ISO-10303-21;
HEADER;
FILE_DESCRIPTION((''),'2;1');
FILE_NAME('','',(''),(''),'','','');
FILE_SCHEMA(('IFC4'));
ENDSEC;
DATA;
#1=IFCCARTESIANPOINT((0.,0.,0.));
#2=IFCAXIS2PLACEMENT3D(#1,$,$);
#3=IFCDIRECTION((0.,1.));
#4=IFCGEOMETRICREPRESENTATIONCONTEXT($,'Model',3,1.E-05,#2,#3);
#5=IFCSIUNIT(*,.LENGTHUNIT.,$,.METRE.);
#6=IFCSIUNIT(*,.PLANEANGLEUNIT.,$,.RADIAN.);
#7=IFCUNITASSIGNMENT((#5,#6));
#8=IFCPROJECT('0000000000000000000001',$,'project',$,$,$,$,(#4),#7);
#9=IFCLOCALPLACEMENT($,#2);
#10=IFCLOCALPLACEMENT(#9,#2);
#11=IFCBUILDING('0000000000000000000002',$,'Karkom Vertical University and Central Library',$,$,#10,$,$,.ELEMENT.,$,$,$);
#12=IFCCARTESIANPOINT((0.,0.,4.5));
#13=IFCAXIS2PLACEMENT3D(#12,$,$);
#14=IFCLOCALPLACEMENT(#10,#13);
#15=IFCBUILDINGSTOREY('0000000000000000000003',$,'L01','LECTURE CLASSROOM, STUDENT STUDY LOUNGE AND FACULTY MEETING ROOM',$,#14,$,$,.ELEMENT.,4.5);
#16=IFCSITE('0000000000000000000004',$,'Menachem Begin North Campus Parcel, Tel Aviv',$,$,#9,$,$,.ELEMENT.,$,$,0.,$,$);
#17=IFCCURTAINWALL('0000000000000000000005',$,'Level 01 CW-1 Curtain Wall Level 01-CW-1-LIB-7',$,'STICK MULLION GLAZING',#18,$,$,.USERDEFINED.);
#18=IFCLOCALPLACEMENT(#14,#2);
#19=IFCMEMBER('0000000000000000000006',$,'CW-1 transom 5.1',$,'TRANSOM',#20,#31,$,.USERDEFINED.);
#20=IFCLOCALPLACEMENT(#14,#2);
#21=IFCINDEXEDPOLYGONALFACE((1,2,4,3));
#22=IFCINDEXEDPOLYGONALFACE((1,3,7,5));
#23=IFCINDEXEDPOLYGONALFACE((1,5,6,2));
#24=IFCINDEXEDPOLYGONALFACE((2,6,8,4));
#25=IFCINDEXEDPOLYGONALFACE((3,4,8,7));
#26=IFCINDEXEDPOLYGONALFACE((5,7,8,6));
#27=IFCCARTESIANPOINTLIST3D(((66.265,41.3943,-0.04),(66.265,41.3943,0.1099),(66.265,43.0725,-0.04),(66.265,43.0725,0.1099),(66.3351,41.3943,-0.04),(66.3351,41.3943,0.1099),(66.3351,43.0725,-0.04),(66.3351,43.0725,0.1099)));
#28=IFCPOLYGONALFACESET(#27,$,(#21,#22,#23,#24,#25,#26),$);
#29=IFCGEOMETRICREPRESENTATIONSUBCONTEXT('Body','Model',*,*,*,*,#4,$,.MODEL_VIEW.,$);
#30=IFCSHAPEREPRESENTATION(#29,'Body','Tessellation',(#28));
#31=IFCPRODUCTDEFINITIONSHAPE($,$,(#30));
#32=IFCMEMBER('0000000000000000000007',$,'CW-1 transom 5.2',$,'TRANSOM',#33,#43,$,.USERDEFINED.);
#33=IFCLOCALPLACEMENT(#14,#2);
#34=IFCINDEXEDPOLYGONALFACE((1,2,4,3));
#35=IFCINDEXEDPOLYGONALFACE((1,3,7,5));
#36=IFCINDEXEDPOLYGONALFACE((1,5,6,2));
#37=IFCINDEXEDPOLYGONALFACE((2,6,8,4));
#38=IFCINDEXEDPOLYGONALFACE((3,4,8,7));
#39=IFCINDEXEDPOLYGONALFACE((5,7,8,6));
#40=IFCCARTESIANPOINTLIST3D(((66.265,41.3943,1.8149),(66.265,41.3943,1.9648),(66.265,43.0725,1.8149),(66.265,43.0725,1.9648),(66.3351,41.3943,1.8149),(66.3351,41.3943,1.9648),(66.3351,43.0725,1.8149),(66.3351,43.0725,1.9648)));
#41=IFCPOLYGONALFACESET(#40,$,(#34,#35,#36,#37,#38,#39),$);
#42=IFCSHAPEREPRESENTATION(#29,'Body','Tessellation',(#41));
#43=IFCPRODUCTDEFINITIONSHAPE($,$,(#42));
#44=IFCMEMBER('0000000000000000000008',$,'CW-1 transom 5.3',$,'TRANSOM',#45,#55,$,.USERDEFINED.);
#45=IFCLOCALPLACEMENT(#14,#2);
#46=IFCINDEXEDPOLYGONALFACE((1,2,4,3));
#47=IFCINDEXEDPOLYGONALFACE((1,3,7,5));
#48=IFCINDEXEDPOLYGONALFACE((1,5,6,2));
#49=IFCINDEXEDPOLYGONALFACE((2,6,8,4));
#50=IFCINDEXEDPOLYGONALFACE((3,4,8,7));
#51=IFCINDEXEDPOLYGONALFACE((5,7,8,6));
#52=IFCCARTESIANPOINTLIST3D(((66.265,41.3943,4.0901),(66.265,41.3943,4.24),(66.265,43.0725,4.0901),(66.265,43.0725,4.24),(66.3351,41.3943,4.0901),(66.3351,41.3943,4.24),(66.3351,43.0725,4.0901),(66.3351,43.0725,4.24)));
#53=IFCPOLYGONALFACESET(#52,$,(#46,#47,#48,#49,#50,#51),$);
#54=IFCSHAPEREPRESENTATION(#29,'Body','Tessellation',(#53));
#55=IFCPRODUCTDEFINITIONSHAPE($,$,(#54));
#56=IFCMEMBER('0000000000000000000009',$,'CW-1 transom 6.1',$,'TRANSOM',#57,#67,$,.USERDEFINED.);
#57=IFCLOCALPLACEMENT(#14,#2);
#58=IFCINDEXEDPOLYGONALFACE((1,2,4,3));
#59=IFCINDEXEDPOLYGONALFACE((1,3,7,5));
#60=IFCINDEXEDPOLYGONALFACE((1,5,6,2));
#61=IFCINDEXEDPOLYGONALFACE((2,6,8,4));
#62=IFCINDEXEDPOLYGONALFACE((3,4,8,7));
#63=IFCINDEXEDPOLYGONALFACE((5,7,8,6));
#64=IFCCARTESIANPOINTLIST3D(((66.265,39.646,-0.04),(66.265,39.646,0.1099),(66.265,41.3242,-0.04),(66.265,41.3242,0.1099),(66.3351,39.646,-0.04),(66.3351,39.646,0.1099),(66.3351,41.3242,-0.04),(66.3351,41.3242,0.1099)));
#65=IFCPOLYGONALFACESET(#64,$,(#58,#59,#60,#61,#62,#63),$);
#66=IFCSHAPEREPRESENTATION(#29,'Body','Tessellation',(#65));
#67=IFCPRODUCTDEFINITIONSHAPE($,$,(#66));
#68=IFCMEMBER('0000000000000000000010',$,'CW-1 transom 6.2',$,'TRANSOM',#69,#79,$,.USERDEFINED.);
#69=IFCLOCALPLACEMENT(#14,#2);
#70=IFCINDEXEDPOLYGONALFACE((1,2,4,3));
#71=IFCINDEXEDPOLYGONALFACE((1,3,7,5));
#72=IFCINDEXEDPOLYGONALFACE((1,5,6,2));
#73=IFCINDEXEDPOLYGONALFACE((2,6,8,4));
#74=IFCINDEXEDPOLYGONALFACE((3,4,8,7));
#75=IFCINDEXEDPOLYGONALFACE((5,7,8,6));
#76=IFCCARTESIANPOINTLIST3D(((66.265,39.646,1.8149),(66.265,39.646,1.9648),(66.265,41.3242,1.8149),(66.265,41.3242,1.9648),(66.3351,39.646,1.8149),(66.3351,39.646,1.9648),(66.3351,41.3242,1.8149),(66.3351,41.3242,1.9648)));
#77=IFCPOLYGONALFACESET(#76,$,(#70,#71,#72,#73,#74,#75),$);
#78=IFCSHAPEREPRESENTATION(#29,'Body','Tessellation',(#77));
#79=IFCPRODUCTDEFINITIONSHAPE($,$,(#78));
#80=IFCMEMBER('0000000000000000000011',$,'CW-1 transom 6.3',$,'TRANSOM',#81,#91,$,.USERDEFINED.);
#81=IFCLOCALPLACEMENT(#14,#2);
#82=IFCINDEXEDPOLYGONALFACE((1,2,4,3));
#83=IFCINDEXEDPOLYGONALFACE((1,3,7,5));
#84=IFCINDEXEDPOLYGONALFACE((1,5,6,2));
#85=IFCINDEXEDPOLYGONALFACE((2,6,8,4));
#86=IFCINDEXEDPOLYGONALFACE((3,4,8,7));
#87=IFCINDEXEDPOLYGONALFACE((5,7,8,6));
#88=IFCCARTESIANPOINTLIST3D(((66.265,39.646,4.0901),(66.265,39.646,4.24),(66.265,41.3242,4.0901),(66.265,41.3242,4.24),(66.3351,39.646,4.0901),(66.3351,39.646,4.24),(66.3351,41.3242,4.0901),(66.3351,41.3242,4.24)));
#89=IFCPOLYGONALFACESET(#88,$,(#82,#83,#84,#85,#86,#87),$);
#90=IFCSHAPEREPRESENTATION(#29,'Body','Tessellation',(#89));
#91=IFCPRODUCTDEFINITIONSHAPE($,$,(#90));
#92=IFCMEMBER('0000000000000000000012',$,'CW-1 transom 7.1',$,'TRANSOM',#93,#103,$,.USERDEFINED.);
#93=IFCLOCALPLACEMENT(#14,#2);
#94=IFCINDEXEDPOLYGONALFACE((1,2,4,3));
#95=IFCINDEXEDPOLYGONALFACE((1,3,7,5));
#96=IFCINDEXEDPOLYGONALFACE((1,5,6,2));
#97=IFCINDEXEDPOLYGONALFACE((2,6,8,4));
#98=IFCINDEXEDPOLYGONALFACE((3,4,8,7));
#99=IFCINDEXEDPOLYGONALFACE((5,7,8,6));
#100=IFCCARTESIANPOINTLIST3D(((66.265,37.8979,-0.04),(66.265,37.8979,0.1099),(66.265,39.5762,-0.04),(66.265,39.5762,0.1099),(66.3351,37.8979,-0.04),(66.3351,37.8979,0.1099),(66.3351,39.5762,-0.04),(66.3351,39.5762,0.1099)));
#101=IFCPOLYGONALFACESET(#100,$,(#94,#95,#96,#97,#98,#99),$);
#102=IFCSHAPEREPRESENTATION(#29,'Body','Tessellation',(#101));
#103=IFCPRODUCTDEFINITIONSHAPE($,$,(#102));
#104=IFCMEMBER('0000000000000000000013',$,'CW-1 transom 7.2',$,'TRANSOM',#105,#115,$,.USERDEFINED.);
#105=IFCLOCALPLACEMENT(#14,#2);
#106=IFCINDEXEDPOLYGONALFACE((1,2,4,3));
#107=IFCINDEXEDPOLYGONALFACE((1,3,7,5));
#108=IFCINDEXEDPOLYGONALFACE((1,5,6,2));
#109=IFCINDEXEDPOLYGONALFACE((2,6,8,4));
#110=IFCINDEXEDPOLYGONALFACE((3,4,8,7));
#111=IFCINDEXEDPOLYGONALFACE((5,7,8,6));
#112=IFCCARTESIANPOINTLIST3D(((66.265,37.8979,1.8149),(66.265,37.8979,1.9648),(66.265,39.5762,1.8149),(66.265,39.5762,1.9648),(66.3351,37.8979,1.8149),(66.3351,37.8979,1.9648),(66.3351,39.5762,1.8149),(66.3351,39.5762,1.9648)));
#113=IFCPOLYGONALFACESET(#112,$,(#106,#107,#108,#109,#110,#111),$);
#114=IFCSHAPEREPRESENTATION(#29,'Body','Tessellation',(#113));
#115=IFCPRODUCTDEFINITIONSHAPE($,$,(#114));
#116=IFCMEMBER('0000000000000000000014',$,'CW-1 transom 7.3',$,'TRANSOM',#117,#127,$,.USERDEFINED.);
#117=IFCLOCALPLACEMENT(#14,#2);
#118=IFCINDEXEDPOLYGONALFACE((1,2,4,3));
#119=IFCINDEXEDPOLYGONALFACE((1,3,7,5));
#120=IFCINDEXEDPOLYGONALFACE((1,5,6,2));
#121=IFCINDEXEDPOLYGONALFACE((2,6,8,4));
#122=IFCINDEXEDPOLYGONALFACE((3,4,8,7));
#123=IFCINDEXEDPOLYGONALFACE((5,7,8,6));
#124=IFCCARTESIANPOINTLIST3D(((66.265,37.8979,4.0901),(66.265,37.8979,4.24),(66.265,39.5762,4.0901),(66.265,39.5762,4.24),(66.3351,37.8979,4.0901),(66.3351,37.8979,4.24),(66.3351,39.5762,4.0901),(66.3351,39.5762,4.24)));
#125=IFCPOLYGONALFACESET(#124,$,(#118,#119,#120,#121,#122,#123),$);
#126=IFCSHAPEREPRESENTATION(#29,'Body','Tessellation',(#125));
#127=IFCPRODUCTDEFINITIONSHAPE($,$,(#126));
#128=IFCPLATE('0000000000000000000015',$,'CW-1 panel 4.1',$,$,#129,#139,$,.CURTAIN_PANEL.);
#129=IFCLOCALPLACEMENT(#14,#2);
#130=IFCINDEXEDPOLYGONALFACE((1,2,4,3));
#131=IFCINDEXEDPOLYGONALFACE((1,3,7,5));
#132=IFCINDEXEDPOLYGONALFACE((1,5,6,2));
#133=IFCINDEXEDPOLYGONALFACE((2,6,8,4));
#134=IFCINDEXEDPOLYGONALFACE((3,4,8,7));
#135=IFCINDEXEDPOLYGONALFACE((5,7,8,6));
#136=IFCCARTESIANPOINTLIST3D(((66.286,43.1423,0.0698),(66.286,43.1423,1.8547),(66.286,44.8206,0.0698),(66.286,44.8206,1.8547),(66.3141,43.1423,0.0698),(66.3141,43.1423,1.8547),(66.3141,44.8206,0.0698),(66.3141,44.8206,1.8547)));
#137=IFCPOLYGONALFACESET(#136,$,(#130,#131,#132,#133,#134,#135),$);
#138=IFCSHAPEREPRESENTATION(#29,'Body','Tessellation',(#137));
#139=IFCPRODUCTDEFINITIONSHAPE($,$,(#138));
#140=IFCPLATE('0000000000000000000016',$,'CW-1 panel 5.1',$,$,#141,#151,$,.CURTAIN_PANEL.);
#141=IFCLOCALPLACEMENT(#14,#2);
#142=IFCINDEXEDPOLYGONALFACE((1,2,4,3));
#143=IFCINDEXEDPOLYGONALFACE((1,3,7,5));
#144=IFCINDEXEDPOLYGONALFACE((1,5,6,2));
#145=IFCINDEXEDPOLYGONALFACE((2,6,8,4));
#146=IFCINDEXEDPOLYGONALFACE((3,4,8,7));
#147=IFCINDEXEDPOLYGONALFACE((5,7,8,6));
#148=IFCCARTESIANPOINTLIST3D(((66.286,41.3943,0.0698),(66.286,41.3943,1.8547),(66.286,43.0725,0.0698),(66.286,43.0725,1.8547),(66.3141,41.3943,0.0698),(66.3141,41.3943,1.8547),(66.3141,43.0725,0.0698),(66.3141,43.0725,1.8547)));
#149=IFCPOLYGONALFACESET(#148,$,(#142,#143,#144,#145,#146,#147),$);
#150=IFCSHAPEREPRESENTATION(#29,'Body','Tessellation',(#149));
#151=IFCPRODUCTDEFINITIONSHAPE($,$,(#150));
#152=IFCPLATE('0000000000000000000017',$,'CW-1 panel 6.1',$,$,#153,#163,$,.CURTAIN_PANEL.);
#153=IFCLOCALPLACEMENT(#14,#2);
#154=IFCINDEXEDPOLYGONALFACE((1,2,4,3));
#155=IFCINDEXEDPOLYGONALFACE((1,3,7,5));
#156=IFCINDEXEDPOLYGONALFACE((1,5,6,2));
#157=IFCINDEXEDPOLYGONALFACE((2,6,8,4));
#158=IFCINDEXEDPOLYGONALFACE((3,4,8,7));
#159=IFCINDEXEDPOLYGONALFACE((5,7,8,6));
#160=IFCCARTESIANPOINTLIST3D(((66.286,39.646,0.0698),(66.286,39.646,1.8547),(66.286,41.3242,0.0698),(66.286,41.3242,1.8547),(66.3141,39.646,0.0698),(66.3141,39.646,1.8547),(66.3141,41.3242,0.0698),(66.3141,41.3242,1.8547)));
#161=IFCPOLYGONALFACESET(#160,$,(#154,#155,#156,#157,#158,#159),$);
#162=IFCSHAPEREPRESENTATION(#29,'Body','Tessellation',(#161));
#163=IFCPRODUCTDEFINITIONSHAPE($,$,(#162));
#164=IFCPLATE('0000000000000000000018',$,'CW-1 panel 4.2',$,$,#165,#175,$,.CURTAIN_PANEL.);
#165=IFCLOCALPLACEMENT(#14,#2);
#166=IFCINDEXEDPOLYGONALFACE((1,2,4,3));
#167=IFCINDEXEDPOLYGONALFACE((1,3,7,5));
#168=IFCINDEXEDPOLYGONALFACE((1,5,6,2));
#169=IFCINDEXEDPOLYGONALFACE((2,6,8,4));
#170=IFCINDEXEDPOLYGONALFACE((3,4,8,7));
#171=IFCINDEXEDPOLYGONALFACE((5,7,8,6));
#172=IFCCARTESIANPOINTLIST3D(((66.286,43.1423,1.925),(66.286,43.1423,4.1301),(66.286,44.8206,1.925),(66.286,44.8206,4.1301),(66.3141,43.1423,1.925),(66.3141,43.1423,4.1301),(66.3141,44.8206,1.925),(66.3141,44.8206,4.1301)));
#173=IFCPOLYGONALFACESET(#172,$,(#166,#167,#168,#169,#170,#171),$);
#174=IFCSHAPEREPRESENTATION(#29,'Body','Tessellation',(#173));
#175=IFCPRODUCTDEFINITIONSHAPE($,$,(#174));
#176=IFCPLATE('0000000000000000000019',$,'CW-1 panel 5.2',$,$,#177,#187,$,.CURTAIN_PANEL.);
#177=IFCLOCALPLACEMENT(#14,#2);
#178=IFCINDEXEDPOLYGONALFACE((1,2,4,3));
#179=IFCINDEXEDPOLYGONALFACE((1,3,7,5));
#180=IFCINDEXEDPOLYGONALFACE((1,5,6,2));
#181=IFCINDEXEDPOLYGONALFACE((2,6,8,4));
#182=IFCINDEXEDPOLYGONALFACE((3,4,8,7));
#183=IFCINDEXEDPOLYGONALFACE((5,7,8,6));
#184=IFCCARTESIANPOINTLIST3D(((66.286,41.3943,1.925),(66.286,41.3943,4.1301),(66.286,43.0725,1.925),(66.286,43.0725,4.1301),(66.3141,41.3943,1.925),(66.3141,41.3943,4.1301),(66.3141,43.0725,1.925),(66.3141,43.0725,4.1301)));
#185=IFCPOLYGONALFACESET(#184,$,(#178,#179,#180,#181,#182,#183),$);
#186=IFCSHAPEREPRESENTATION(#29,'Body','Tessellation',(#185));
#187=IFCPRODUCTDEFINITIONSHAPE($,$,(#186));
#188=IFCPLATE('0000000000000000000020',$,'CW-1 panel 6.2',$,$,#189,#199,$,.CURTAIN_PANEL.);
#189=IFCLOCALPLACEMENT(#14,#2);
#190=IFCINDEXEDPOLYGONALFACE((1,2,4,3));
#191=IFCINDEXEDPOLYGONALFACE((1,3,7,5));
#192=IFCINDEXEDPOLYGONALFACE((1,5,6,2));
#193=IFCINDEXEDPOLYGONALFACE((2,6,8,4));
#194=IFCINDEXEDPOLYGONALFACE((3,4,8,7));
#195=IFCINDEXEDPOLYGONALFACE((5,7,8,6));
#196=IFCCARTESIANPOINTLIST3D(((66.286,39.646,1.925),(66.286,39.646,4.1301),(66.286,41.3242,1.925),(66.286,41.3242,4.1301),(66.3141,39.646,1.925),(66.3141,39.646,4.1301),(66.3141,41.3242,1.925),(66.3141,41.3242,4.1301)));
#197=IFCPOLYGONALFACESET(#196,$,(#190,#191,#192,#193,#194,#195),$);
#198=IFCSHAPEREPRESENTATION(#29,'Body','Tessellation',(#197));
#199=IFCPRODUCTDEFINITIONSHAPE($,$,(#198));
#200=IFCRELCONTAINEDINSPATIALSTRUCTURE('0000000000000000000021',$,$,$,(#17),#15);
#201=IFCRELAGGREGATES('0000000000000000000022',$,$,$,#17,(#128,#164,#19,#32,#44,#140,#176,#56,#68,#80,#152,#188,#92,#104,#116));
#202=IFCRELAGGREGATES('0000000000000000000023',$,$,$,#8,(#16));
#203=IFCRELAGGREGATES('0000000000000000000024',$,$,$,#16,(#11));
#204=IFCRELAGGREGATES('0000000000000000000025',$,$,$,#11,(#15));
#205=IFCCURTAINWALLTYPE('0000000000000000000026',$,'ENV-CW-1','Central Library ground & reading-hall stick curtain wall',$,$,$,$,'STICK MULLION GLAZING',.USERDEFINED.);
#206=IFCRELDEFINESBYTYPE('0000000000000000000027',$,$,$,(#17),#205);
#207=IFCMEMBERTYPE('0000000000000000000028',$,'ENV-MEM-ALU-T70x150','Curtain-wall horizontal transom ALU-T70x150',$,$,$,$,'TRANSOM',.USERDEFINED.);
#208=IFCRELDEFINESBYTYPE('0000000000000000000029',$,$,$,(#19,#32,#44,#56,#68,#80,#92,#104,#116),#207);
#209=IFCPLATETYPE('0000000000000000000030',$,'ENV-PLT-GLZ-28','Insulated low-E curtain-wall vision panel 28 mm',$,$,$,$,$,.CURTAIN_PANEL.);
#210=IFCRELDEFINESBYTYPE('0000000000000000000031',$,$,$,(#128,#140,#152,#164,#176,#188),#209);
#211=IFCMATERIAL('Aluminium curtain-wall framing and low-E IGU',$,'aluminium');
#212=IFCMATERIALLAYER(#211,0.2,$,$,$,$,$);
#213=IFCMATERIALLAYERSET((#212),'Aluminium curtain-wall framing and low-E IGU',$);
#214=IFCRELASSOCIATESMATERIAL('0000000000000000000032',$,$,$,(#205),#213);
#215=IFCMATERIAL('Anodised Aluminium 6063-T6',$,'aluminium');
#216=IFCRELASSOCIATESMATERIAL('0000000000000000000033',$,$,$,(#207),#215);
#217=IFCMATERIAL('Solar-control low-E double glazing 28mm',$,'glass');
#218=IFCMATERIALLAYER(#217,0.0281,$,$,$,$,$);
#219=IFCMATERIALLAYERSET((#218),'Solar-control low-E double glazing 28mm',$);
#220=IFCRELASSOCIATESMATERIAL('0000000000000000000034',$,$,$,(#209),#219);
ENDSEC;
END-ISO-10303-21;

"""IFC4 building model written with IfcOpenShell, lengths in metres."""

from ifc_helpers import new_model, si_unit, direction, frame, origin, origin_with_axes, origin_2d, place, context, subcontext, project, spatial, rectangle, extrude, source, transform, mapped, material, layer, layer_set, material_profile, profile_set, type_object, element, aggregate, save


model = new_model("IFC4")

# Units and contexts
model_context = context("Model", 3, precision=1e-05, world=origin(), true_north=direction((0.0, 1.0)))
body_context = subcontext(model_context, "Body", "Model", "MODEL_VIEW")
ifc_project = project(units=[si_unit("LENGTHUNIT", "METRE"), si_unit("PLANEANGLEUNIT", "RADIAN")], contexts=[model_context])

# Site, building, storey
site_placement = place(None, origin())
site = spatial("IfcSite", under=ifc_project, at=site_placement, Name="Menachem Begin North Campus Parcel, Tel Aviv", CompositionType="ELEMENT", RefElevation=0.0)
building_placement = place(site_placement, origin())
building = spatial("IfcBuilding", under=site, at=building_placement, Name="Karkom Vertical University and Central Library", CompositionType="ELEMENT")
storey_placement = place(building_placement, frame((0.0, 0.0, 4.5)))
storey = spatial("IfcBuildingStorey", under=building, at=storey_placement, Name="L01", Description="LECTURE CLASSROOM, STUDENT STUDY LOUNGE AND FACULTY MEETING ROOM", CompositionType="ELEMENT", Elevation=4.5)

# Curtain wall, members, plates
ifc_material_1 = material(Name="Aluminium curtain-wall framing and low-E IGU", Category="aluminium")
ifc_layer_1 = layer(ifc_material_1, 0.2)
ifc_layer_set_1 = layer_set([ifc_layer_1], Name="Aluminium curtain-wall framing and low-E IGU")
curtain_wall_type = type_object("IfcCurtainWallType", Name="ENV-CW-1", Description="Central Library ground & reading-hall stick curtain wall", ElementType="STICK MULLION GLAZING", PredefinedType="USERDEFINED", material=ifc_layer_set_1)
curtain_wall_placement = place(storey_placement, origin())
curtain_wall = element("IfcCurtainWall", 1, at=curtain_wall_placement, inside=storey, type_object=curtain_wall_type, Name="Level 01 CW-1 Curtain Wall Level 01-CW-1-LIB-7", ObjectType="STICK MULLION GLAZING", PredefinedType="USERDEFINED")
ifc_material_2 = material(Name="Anodised Aluminium 6063-T6", Category="aluminium")
ifc_material_profile_1 = material_profile(ifc_material_2, rectangle(XDim=0.0701, YDim=0.1499, at=origin_2d()), Name="ALU-T70x150")
ifc_profile_set_1 = profile_set([ifc_material_profile_1], Name="Anodised Aluminium 6063-T6")
member_type = type_object("IfcMemberType", Name="ENV-MEM-ALU-T70x150", Description="Curtain-wall horizontal transom ALU-T70x150", ElementType="TRANSOM", PredefinedType="USERDEFINED", material=ifc_profile_set_1)
shared_shape_1 = source(origin_with_axes(), body_context, "Body", "SweptSolid", [
    extrude(rectangle(XDim=0.0701, YDim=0.1499, at=origin_2d()), origin(), (0.0, 0.0, 1.0), 1.6782),
])
member_1_placement = place(storey_placement, frame((66.3, 43.0725, 0.0349), z_axis=(0.0, -1.0, 0.0), x_axis=(1.0, 0.0, 0.0)))
member_1 = element("IfcMember", 2, at=member_1_placement, type_object=member_type, Name="CW-1 transom 5.1", ObjectType="TRANSOM", PredefinedType="USERDEFINED", context=body_context, shape_type="MappedRepresentation", body=[
    mapped(shared_shape_1, transform((0.0, 0.0, 0.0), scale=1.0)),
])
member_2_placement = place(storey_placement, frame((66.3, 43.0725, 1.8899), z_axis=(0.0, -1.0, 0.0), x_axis=(1.0, 0.0, 0.0)))
member_2 = element("IfcMember", 3, at=member_2_placement, type_object=member_type, Name="CW-1 transom 5.2", ObjectType="TRANSOM", PredefinedType="USERDEFINED", context=body_context, shape_type="MappedRepresentation", body=[
    mapped(shared_shape_1, transform((0.0, 0.0, 0.0), scale=1.0)),
])
member_3_placement = place(storey_placement, frame((66.3, 43.0725, 4.165), z_axis=(0.0, -1.0, 0.0), x_axis=(1.0, 0.0, 0.0)))
member_3 = element("IfcMember", 4, at=member_3_placement, type_object=member_type, Name="CW-1 transom 5.3", ObjectType="TRANSOM", PredefinedType="USERDEFINED", context=body_context, shape_type="MappedRepresentation", body=[
    mapped(shared_shape_1, transform((0.0, 0.0, 0.0), scale=1.0)),
])
member_4_placement = place(storey_placement, frame((66.3, 41.3242, 0.0349), z_axis=(0.0, -1.0, 0.0), x_axis=(1.0, 0.0, 0.0)))
member_4 = element("IfcMember", 5, at=member_4_placement, type_object=member_type, Name="CW-1 transom 6.1", ObjectType="TRANSOM", PredefinedType="USERDEFINED", context=body_context, shape_type="MappedRepresentation", body=[
    mapped(shared_shape_1, transform((0.0, 0.0, 0.0), scale=1.0)),
])
member_5_placement = place(storey_placement, frame((66.3, 41.3242, 1.8899), z_axis=(0.0, -1.0, 0.0), x_axis=(1.0, 0.0, 0.0)))
member_5 = element("IfcMember", 6, at=member_5_placement, type_object=member_type, Name="CW-1 transom 6.2", ObjectType="TRANSOM", PredefinedType="USERDEFINED", context=body_context, shape_type="MappedRepresentation", body=[
    mapped(shared_shape_1, transform((0.0, 0.0, 0.0), scale=1.0)),
])
member_6_placement = place(storey_placement, frame((66.3, 41.3242, 4.165), z_axis=(0.0, -1.0, 0.0), x_axis=(1.0, 0.0, 0.0)))
member_6 = element("IfcMember", 7, at=member_6_placement, type_object=member_type, Name="CW-1 transom 6.3", ObjectType="TRANSOM", PredefinedType="USERDEFINED", context=body_context, shape_type="MappedRepresentation", body=[
    mapped(shared_shape_1, transform((0.0, 0.0, 0.0), scale=1.0)),
])
member_7_placement = place(storey_placement, frame((66.3, 39.5762, 0.0349), z_axis=(0.0, -1.0, 0.0), x_axis=(1.0, 0.0, 0.0)))
member_7 = element("IfcMember", 8, at=member_7_placement, type_object=member_type, Name="CW-1 transom 7.1", ObjectType="TRANSOM", PredefinedType="USERDEFINED", context=body_context, shape_type="MappedRepresentation", body=[
    mapped(shared_shape_1, transform((0.0, 0.0, 0.0), scale=1.0)),
])
member_8_placement = place(storey_placement, frame((66.3, 39.5762, 1.8899), z_axis=(0.0, -1.0, 0.0), x_axis=(1.0, 0.0, 0.0)))
member_8 = element("IfcMember", 9, at=member_8_placement, type_object=member_type, Name="CW-1 transom 7.2", ObjectType="TRANSOM", PredefinedType="USERDEFINED", context=body_context, shape_type="MappedRepresentation", body=[
    mapped(shared_shape_1, transform((0.0, 0.0, 0.0), scale=1.0)),
])
member_9_placement = place(storey_placement, frame((66.3, 39.5762, 4.165), z_axis=(0.0, -1.0, 0.0), x_axis=(1.0, 0.0, 0.0)))
member_9 = element("IfcMember", 10, at=member_9_placement, type_object=member_type, Name="CW-1 transom 7.3", ObjectType="TRANSOM", PredefinedType="USERDEFINED", context=body_context, shape_type="MappedRepresentation", body=[
    mapped(shared_shape_1, transform((0.0, 0.0, 0.0), scale=1.0)),
])
ifc_material_3 = material(Name="Solar-control low-E double glazing 28mm", Category="glass")
ifc_layer_2 = layer(ifc_material_3, 0.0281)
ifc_layer_set_2 = layer_set([ifc_layer_2], Name="Solar-control low-E double glazing 28mm")
plate_type = type_object("IfcPlateType", Name="ENV-PLT-GLZ-28", Description="Insulated low-E curtain-wall vision panel 28 mm", PredefinedType="CURTAIN_PANEL", material=ifc_layer_set_2)
shared_shape_2 = source(origin_with_axes(), body_context, "Body", "SweptSolid", [
    extrude(rectangle(XDim=1.6782, YDim=0.0281, at=origin_2d()), origin(), (0.0, 0.0, 1.0), 1.7849),
])
plate_1_placement = place(storey_placement, frame((66.3, 43.9814, 0.0698), z_axis=(0.0, 0.0, 1.0), x_axis=(0.0, -1.0, 0.0)))
plate_1 = element("IfcPlate", 11, at=plate_1_placement, type_object=plate_type, Name="CW-1 panel 4.1", PredefinedType="CURTAIN_PANEL", context=body_context, shape_type="MappedRepresentation", body=[
    mapped(shared_shape_2, transform((0.0, 0.0, 0.0), scale=1.0)),
])
plate_2_placement = place(storey_placement, frame((66.3, 42.2334, 0.0698), z_axis=(0.0, 0.0, 1.0), x_axis=(0.0, -1.0, 0.0)))
plate_2 = element("IfcPlate", 12, at=plate_2_placement, type_object=plate_type, Name="CW-1 panel 5.1", PredefinedType="CURTAIN_PANEL", context=body_context, shape_type="MappedRepresentation", body=[
    mapped(shared_shape_2, transform((0.0, 0.0, 0.0), scale=1.0)),
])
plate_3_placement = place(storey_placement, frame((66.3, 40.4851, 0.0698), z_axis=(0.0, 0.0, 1.0), x_axis=(0.0, -1.0, 0.0)))
plate_3 = element("IfcPlate", 13, at=plate_3_placement, type_object=plate_type, Name="CW-1 panel 6.1", PredefinedType="CURTAIN_PANEL", context=body_context, shape_type="MappedRepresentation", body=[
    mapped(shared_shape_2, transform((0.0, 0.0, 0.0), scale=1.0)),
])
shared_shape_3 = source(origin_with_axes(), body_context, "Body", "SweptSolid", [
    extrude(rectangle(XDim=1.6782, YDim=0.0281, at=origin_2d()), origin(), (0.0, 0.0, 1.0), 2.2051),
])
plate_4_placement = place(storey_placement, frame((66.3, 43.9814, 1.925), z_axis=(0.0, 0.0, 1.0), x_axis=(0.0, -1.0, 0.0)))
plate_4 = element("IfcPlate", 14, at=plate_4_placement, type_object=plate_type, Name="CW-1 panel 4.2", PredefinedType="CURTAIN_PANEL", context=body_context, shape_type="MappedRepresentation", body=[
    mapped(shared_shape_3, transform((0.0, 0.0, 0.0), scale=1.0)),
])
plate_5_placement = place(storey_placement, frame((66.3, 42.2334, 1.925), z_axis=(0.0, 0.0, 1.0), x_axis=(0.0, -1.0, 0.0)))
plate_5 = element("IfcPlate", 15, at=plate_5_placement, type_object=plate_type, Name="CW-1 panel 5.2", PredefinedType="CURTAIN_PANEL", context=body_context, shape_type="MappedRepresentation", body=[
    mapped(shared_shape_3, transform((0.0, 0.0, 0.0), scale=1.0)),
])
plate_6_placement = place(storey_placement, frame((66.3, 40.4851, 1.925), z_axis=(0.0, 0.0, 1.0), x_axis=(0.0, -1.0, 0.0)))
plate_6 = element("IfcPlate", 16, at=plate_6_placement, type_object=plate_type, Name="CW-1 panel 6.2", PredefinedType="CURTAIN_PANEL", context=body_context, shape_type="MappedRepresentation", body=[
    mapped(shared_shape_3, transform((0.0, 0.0, 0.0), scale=1.0)),
])
aggregate(curtain_wall, [plate_1, plate_4, member_1, member_2, member_3, plate_2, plate_5, member_4, member_5, member_6, plate_3, plate_6, member_7, member_8, member_9])

save(model, "model.ifc")
